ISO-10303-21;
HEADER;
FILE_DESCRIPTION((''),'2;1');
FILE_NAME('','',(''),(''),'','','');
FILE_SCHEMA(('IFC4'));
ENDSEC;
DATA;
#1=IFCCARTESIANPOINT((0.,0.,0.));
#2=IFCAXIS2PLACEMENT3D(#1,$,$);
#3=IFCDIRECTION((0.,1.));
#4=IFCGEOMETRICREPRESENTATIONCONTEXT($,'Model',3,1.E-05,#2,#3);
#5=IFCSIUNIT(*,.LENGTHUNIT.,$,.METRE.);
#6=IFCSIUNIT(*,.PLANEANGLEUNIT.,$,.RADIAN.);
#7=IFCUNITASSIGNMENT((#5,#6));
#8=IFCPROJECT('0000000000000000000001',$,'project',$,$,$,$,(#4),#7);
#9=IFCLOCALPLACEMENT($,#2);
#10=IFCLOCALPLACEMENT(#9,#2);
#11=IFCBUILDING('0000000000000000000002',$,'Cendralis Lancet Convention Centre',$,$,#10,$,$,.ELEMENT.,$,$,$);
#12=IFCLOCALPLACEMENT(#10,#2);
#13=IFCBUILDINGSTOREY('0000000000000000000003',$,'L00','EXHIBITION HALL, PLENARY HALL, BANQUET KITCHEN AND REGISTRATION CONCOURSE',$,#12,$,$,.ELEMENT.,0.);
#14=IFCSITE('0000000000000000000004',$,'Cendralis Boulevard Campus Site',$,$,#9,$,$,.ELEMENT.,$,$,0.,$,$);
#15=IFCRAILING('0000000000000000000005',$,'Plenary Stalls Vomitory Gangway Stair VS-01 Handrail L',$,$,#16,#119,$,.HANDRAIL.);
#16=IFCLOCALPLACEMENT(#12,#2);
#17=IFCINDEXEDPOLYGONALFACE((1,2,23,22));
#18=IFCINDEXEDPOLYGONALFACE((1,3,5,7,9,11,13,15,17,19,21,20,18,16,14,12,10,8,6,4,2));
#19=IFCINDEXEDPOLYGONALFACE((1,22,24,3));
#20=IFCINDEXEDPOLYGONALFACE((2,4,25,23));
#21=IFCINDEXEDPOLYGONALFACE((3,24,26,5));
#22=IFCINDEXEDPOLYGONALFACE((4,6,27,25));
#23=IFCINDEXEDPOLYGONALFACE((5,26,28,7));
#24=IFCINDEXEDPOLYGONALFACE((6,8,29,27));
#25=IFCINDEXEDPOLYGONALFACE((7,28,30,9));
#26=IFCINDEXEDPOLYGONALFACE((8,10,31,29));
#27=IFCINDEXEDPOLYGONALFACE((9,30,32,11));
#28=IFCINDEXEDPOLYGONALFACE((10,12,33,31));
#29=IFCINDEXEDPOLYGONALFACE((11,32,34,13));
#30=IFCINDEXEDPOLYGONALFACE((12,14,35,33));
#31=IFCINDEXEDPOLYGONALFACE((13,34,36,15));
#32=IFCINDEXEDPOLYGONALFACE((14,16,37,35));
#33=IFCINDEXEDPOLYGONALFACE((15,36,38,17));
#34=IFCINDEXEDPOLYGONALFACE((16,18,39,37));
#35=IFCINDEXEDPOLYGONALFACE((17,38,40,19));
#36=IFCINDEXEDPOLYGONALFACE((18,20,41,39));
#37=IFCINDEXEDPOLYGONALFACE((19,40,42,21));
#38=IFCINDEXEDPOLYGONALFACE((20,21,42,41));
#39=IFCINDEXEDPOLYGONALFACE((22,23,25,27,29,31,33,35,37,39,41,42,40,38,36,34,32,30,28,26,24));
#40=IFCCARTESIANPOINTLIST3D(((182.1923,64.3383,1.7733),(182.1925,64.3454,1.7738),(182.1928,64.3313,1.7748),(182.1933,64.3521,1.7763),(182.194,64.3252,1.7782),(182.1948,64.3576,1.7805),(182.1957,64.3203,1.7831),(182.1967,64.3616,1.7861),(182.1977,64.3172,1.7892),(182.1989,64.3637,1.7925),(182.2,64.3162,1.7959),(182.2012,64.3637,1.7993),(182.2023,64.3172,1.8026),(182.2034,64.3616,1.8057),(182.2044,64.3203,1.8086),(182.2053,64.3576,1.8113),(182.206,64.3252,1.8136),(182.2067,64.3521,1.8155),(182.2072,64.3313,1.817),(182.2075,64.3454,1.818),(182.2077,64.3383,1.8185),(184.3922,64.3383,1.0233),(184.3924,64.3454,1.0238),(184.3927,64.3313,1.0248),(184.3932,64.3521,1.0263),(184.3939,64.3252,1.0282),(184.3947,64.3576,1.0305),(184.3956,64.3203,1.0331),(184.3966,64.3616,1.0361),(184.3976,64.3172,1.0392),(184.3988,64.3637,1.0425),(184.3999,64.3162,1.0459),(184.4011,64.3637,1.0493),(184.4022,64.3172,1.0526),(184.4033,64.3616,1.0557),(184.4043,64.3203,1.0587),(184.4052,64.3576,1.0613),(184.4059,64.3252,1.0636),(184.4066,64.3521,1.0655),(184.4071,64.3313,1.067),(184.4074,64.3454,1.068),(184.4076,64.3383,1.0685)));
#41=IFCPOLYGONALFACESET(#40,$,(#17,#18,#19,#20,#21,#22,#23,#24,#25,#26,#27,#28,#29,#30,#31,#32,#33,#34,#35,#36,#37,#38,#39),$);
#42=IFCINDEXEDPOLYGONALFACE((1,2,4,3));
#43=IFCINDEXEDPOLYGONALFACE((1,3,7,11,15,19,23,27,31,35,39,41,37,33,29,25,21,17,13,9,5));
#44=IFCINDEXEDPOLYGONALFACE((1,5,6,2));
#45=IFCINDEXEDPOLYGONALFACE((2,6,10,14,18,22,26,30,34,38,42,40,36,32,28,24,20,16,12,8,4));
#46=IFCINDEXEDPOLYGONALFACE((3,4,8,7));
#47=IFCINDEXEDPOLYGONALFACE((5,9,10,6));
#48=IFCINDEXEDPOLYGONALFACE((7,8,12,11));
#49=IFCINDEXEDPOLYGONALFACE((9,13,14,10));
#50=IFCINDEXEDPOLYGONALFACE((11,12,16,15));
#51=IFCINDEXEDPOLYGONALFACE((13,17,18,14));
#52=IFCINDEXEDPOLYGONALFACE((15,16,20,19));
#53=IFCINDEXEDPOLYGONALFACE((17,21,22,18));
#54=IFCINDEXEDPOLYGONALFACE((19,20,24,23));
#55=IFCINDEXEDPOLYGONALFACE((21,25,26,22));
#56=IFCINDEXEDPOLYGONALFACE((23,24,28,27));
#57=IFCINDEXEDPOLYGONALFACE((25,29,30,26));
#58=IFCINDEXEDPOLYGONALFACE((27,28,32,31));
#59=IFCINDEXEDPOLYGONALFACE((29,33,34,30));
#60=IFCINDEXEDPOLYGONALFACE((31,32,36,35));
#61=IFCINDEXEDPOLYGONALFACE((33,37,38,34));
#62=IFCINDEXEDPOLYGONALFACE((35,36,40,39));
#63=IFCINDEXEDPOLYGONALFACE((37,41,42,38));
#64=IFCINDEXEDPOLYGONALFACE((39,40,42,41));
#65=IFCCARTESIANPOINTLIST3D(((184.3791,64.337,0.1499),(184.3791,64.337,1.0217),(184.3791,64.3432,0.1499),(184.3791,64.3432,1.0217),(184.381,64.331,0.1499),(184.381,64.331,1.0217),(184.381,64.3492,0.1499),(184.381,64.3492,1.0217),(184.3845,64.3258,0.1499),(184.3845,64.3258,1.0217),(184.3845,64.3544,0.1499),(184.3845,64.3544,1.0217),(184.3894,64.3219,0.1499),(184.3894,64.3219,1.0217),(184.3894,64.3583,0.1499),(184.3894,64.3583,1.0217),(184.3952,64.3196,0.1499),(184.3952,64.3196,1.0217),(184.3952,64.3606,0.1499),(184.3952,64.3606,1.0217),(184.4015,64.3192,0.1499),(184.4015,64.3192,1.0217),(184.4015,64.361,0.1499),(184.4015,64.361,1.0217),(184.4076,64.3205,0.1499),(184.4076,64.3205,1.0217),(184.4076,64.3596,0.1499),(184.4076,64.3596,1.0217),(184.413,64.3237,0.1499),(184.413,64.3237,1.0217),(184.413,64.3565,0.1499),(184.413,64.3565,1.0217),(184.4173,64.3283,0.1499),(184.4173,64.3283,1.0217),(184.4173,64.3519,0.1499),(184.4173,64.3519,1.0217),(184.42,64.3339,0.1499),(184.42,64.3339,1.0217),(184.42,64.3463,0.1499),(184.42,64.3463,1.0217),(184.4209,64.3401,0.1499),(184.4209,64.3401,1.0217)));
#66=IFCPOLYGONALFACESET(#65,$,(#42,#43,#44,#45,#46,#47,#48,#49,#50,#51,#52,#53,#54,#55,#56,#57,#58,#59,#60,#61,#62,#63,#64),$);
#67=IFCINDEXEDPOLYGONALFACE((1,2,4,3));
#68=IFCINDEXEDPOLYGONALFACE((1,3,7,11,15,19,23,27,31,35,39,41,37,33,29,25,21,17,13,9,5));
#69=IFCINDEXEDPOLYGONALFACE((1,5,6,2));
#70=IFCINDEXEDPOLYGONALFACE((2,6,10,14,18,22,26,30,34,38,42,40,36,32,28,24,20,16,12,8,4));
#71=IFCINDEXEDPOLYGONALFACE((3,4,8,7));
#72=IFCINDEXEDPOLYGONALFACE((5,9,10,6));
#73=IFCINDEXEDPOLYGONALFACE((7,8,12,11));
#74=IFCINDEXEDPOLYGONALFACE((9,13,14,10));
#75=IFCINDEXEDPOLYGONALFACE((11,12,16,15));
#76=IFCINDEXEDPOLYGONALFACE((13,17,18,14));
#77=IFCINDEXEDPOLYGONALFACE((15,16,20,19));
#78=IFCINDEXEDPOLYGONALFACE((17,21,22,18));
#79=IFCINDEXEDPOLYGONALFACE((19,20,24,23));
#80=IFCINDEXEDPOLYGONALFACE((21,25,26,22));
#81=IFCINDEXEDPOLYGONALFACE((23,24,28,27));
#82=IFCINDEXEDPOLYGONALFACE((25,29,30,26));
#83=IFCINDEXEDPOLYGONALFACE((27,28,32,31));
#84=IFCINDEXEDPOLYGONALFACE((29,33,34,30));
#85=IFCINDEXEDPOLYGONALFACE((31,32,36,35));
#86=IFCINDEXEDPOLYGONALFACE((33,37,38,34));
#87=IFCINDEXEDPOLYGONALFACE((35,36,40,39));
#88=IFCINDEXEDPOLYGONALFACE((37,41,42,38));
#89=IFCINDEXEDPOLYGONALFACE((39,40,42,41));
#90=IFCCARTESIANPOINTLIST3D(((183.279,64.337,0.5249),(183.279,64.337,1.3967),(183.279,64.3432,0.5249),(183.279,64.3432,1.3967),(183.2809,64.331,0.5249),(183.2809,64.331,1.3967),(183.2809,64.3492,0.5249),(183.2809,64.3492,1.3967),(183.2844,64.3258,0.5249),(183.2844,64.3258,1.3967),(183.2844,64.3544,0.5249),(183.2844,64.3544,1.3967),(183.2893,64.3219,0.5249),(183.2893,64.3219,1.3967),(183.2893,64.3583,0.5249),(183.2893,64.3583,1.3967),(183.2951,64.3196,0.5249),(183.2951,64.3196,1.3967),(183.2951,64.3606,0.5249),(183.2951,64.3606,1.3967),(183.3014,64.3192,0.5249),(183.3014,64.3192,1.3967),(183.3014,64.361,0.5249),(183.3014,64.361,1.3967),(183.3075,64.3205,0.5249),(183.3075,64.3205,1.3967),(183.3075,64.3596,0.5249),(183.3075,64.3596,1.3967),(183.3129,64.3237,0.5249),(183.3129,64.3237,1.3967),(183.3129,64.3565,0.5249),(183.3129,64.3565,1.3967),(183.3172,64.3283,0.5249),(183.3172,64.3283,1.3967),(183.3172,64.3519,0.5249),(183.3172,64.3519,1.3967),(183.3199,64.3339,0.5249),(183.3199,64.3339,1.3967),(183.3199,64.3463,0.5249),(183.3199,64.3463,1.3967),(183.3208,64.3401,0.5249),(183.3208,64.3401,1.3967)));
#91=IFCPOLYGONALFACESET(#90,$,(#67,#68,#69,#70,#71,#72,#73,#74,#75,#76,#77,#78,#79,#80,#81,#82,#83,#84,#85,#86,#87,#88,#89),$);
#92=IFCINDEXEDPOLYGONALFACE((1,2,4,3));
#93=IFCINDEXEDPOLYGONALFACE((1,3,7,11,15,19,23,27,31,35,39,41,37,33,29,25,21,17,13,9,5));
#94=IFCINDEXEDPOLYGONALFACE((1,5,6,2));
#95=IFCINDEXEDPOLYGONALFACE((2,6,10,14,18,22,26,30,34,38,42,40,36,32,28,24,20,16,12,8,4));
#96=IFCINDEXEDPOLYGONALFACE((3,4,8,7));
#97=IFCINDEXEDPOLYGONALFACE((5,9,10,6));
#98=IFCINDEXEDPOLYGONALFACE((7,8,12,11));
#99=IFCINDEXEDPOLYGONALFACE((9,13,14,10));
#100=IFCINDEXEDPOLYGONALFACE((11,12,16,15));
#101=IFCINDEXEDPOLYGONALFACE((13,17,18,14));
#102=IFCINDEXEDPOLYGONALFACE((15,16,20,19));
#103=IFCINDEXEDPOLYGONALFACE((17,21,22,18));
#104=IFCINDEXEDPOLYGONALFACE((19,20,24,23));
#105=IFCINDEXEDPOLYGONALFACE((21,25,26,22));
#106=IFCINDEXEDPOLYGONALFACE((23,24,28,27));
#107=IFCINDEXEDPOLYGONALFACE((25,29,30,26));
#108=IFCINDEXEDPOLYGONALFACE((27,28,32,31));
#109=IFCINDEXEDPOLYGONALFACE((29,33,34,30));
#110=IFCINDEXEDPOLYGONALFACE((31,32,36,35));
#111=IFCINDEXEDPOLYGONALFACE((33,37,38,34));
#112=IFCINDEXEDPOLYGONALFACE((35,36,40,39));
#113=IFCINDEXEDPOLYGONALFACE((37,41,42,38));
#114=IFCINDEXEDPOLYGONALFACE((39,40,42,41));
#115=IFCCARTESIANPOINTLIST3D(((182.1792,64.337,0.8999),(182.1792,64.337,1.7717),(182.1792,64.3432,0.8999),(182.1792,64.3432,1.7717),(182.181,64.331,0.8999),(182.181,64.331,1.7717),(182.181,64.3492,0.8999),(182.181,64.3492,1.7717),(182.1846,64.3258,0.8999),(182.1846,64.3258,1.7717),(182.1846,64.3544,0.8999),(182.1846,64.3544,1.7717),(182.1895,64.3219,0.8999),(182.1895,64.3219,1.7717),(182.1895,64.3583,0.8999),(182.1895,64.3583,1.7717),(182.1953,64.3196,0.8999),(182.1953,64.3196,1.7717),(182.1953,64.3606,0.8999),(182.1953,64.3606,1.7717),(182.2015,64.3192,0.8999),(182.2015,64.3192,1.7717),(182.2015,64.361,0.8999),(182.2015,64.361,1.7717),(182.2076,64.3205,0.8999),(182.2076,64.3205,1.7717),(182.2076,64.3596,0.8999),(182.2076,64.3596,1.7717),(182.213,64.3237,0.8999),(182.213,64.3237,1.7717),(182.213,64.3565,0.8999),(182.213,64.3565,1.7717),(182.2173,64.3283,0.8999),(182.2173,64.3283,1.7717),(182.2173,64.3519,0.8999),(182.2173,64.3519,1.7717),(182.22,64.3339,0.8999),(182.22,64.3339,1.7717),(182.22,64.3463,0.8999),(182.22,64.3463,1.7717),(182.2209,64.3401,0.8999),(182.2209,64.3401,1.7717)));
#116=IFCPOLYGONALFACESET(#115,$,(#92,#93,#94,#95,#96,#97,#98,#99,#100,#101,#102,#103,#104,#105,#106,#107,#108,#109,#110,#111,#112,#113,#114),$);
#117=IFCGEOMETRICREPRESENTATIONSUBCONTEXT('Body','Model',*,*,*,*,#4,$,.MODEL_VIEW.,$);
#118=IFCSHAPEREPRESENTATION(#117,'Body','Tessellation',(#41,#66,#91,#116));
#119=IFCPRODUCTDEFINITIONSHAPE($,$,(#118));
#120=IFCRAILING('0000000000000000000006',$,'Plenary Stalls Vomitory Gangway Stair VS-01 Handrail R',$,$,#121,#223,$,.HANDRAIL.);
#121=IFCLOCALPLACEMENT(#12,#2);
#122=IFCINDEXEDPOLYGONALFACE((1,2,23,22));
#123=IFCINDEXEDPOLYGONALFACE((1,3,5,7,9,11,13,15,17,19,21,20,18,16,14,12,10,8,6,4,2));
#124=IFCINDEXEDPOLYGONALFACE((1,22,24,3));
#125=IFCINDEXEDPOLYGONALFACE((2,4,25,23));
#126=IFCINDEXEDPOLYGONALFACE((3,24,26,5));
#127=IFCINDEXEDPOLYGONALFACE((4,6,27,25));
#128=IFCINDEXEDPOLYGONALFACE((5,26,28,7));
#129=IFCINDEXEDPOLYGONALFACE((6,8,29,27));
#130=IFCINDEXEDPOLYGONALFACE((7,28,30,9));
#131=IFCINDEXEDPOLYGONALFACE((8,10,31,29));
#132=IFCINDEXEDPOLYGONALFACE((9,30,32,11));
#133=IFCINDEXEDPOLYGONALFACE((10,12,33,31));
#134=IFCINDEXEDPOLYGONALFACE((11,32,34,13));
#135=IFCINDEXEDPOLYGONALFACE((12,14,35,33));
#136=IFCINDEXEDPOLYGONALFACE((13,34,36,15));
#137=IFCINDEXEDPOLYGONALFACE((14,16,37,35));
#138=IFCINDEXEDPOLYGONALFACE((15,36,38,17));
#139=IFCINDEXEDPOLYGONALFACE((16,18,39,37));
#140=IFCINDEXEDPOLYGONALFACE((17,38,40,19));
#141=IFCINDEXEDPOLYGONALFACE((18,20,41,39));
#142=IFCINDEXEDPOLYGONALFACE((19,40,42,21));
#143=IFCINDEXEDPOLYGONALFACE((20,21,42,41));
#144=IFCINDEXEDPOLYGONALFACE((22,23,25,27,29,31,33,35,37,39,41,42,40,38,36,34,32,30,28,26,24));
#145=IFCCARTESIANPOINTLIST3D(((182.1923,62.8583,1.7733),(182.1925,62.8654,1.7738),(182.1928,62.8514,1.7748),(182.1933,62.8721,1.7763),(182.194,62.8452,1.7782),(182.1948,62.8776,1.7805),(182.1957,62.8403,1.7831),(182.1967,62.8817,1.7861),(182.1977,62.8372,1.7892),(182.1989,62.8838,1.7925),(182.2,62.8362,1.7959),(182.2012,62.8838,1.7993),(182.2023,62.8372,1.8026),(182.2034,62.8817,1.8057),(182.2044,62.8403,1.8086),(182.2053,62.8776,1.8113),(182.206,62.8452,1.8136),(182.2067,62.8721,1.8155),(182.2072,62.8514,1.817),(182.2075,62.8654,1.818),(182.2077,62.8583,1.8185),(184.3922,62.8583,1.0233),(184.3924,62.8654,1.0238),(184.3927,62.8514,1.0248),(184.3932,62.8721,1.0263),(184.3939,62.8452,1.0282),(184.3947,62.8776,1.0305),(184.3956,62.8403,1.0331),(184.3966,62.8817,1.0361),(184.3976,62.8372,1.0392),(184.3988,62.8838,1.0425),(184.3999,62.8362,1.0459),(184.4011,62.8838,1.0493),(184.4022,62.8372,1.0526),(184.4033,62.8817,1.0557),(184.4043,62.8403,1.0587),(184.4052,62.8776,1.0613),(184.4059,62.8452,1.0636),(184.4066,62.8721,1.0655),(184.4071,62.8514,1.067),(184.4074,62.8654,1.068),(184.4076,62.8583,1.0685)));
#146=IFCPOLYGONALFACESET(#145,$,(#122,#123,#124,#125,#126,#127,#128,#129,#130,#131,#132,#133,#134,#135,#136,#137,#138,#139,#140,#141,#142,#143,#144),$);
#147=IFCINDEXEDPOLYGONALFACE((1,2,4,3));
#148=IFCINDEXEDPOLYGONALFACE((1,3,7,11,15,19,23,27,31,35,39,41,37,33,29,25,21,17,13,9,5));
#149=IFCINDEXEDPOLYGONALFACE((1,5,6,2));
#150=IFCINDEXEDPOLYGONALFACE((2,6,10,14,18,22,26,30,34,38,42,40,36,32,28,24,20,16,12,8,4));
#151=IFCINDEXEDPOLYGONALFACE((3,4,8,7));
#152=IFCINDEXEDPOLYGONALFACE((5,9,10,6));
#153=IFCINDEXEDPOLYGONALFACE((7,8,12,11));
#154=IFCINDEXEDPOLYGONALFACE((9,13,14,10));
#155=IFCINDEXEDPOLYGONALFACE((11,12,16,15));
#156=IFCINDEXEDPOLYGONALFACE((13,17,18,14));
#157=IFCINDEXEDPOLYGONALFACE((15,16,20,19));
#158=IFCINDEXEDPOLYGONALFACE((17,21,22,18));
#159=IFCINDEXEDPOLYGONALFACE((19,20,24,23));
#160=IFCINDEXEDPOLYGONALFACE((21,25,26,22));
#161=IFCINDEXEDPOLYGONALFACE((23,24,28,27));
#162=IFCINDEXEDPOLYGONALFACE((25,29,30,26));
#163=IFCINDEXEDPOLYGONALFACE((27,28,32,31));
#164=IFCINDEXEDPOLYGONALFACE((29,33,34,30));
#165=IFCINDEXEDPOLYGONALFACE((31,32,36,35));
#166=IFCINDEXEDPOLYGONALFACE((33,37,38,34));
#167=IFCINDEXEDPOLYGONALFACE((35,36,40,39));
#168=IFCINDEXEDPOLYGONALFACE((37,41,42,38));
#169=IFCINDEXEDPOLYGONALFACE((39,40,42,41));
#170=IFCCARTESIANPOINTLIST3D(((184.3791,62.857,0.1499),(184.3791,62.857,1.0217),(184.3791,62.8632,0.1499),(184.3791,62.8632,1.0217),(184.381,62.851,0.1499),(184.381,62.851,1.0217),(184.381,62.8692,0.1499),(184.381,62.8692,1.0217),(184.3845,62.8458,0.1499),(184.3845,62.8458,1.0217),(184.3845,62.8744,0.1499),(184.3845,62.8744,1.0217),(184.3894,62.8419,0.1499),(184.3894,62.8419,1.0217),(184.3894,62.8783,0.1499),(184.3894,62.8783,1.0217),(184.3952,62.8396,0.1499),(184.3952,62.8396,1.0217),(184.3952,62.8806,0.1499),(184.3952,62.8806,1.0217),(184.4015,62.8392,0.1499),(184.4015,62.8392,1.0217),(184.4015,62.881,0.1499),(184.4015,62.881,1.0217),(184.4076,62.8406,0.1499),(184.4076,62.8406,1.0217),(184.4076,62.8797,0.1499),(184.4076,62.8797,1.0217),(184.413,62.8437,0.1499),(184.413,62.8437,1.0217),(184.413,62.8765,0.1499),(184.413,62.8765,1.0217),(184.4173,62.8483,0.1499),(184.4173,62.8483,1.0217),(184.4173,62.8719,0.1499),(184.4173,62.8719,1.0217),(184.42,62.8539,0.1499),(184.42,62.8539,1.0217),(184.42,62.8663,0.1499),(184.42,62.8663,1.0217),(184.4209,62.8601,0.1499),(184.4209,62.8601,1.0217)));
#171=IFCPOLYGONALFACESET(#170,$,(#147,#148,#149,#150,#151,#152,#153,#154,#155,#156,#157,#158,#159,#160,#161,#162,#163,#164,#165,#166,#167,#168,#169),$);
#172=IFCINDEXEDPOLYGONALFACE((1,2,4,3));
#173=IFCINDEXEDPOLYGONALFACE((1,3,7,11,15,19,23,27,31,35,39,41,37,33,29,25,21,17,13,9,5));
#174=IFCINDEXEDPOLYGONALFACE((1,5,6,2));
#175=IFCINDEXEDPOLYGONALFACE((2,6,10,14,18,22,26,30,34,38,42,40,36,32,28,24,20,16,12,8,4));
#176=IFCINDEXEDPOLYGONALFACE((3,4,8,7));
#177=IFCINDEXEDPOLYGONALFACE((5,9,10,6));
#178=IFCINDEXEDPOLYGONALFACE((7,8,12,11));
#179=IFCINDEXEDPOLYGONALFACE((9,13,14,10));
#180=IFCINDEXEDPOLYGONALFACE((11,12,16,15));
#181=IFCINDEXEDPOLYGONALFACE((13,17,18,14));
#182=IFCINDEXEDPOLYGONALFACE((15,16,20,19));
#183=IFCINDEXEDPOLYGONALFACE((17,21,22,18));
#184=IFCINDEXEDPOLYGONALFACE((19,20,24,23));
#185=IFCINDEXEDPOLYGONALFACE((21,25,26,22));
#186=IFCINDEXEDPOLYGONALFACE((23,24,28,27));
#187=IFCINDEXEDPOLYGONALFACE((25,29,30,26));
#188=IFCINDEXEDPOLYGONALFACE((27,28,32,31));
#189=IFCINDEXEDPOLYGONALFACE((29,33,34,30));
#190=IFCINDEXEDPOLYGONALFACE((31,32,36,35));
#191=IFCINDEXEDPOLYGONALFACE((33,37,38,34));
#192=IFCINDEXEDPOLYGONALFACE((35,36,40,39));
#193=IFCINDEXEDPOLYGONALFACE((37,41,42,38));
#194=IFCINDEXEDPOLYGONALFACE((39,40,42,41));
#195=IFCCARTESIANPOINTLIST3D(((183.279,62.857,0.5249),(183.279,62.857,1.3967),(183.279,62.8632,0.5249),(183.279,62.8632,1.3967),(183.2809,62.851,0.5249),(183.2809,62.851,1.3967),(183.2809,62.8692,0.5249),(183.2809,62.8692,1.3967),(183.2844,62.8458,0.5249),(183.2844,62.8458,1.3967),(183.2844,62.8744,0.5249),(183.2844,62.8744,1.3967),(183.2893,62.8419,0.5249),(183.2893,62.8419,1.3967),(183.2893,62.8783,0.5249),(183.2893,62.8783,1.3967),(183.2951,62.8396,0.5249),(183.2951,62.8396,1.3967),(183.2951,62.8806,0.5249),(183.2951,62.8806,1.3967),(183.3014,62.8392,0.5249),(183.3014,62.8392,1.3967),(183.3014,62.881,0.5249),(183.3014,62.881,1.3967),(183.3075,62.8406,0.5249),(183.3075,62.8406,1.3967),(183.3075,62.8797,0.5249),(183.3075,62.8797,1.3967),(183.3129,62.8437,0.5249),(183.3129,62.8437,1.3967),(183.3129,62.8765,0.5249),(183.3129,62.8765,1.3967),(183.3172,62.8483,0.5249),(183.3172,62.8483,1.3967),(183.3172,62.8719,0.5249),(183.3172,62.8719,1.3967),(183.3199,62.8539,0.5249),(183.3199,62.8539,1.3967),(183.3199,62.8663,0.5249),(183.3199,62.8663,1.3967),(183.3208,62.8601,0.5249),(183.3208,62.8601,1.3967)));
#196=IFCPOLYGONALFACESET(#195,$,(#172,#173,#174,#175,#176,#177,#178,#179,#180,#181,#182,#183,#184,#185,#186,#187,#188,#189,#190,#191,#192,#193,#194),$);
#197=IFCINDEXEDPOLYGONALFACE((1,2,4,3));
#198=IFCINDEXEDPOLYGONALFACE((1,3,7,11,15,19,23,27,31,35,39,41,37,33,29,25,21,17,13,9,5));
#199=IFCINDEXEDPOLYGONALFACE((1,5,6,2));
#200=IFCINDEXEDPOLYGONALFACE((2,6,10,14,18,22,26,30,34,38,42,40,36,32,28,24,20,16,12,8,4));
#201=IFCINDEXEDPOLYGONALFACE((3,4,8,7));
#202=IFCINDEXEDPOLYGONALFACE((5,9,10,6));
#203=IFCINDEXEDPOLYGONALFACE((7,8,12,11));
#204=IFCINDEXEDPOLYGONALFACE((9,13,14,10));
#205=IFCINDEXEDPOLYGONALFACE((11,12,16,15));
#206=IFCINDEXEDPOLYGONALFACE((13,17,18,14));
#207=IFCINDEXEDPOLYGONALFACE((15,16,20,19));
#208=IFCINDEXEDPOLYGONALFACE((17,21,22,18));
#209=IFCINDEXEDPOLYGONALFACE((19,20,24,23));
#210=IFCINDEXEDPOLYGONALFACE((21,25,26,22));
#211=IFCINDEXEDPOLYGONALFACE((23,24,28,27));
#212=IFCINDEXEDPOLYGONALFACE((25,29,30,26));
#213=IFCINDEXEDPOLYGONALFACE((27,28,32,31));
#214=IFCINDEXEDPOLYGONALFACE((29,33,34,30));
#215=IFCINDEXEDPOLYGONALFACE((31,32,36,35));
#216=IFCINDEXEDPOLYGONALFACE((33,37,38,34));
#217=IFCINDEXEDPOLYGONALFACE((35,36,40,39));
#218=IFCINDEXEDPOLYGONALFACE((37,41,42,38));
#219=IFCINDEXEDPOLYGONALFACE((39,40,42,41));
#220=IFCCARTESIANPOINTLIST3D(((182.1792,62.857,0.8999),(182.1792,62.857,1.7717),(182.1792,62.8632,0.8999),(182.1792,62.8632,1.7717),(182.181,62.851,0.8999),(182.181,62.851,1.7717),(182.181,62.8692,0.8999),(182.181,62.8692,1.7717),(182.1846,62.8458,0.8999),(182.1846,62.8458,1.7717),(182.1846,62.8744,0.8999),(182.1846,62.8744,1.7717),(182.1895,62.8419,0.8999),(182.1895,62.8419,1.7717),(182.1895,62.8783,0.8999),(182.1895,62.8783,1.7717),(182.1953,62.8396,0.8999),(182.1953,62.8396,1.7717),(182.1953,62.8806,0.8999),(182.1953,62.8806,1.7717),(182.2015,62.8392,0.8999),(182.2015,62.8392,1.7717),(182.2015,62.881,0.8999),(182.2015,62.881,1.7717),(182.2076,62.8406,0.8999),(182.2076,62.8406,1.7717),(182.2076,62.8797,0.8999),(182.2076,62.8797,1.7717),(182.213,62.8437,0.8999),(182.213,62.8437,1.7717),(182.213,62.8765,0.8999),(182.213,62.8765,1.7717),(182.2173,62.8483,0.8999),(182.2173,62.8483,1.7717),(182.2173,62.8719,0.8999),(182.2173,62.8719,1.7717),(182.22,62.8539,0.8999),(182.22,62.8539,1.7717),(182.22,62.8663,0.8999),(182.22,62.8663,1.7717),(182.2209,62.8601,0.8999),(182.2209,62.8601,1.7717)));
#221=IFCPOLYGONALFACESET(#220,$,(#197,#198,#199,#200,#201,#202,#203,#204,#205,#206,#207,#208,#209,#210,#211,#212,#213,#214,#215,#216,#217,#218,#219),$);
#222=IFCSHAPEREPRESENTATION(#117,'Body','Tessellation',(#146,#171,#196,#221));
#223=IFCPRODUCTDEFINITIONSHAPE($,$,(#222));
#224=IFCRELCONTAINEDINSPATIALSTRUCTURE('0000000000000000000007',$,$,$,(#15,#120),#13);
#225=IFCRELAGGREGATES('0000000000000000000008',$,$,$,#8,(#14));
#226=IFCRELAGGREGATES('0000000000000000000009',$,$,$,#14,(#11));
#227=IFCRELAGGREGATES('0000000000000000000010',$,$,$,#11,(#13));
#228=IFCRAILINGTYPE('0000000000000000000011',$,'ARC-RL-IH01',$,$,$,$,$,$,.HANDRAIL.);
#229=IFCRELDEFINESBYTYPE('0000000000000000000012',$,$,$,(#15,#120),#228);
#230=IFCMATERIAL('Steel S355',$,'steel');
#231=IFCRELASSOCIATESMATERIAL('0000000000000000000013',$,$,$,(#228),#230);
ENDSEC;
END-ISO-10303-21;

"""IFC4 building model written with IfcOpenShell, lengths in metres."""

from ifc_helpers import new_model, si_unit, direction, frame, origin, origin_2d, place, context, subcontext, project, spatial, circle, extrude, material, type_object, element, save


model = new_model("IFC4")

# Units and contexts
model_context = context("Model", 3, precision=1e-05, world=origin(), true_north=direction((0.0, 1.0)))
body_context = subcontext(model_context, "Body", "Model", "MODEL_VIEW")
ifc_project = project(units=[si_unit("LENGTHUNIT", "METRE"), si_unit("PLANEANGLEUNIT", "RADIAN")], contexts=[model_context])

# Site, building, storey
site_placement = place(None, origin())
site = spatial("IfcSite", under=ifc_project, at=site_placement, Name="Cendralis Boulevard Campus Site", CompositionType="ELEMENT", RefElevation=0.0)
building_placement = place(site_placement, origin())
building = spatial("IfcBuilding", under=site, at=building_placement, Name="Cendralis Lancet Convention Centre", CompositionType="ELEMENT")
storey_placement = place(building_placement, origin())
storey = spatial("IfcBuildingStorey", under=building, at=storey_placement, Name="L00", Description="EXHIBITION HALL, PLENARY HALL, BANQUET KITCHEN AND REGISTRATION CONCOURSE", CompositionType="ELEMENT", Elevation=0.0)

# Shared definitions
ifc_material_1 = material(Name="Steel S355", Category="steel")

# Railings
railing_type_1 = type_object("IfcRailingType", Name="ARC-RL-IH01", PredefinedType="HANDRAIL", material=ifc_material_1)
for number, where, name in (
    (1, (184.3999, 64.3401, 0.1499), "Plenary Stalls Vomitory Gangway Stair VS-01 Handrail L"),
    (2, (184.3999, 62.8601, 0.1499), "Plenary Stalls Vomitory Gangway Stair VS-01 Handrail R"),
):
    element("IfcRailing", number, at=place(storey_placement, frame(where)), inside=storey, type_object=railing_type_1, Name=name, PredefinedType="HANDRAIL", context=body_context, shape_type="SweptSolid", body=[
        extrude(circle(Radius=0.0239, at=origin_2d()), frame((0.0, 0.0, 0.896), z_axis=(-0.946508, 0.0, 0.32268), x_axis=(0.0, -1.0, 0.0)), (0.0, 0.0, 1.0), 2.3242),
        extrude(circle(Radius=0.021, at=origin_2d()), origin(), (0.0, 0.0, 1.0), 0.8718),
        extrude(circle(Radius=0.021, at=origin_2d()), frame((-1.1001, 0.0, 0.375)), (0.0, 0.0, 1.0), 0.8718),
        extrude(circle(Radius=0.021, at=origin_2d()), frame((-2.2, 0.0, 0.75)), (0.0, 0.0, 1.0), 0.8718),
    ])

save(model, "model.ifc")
